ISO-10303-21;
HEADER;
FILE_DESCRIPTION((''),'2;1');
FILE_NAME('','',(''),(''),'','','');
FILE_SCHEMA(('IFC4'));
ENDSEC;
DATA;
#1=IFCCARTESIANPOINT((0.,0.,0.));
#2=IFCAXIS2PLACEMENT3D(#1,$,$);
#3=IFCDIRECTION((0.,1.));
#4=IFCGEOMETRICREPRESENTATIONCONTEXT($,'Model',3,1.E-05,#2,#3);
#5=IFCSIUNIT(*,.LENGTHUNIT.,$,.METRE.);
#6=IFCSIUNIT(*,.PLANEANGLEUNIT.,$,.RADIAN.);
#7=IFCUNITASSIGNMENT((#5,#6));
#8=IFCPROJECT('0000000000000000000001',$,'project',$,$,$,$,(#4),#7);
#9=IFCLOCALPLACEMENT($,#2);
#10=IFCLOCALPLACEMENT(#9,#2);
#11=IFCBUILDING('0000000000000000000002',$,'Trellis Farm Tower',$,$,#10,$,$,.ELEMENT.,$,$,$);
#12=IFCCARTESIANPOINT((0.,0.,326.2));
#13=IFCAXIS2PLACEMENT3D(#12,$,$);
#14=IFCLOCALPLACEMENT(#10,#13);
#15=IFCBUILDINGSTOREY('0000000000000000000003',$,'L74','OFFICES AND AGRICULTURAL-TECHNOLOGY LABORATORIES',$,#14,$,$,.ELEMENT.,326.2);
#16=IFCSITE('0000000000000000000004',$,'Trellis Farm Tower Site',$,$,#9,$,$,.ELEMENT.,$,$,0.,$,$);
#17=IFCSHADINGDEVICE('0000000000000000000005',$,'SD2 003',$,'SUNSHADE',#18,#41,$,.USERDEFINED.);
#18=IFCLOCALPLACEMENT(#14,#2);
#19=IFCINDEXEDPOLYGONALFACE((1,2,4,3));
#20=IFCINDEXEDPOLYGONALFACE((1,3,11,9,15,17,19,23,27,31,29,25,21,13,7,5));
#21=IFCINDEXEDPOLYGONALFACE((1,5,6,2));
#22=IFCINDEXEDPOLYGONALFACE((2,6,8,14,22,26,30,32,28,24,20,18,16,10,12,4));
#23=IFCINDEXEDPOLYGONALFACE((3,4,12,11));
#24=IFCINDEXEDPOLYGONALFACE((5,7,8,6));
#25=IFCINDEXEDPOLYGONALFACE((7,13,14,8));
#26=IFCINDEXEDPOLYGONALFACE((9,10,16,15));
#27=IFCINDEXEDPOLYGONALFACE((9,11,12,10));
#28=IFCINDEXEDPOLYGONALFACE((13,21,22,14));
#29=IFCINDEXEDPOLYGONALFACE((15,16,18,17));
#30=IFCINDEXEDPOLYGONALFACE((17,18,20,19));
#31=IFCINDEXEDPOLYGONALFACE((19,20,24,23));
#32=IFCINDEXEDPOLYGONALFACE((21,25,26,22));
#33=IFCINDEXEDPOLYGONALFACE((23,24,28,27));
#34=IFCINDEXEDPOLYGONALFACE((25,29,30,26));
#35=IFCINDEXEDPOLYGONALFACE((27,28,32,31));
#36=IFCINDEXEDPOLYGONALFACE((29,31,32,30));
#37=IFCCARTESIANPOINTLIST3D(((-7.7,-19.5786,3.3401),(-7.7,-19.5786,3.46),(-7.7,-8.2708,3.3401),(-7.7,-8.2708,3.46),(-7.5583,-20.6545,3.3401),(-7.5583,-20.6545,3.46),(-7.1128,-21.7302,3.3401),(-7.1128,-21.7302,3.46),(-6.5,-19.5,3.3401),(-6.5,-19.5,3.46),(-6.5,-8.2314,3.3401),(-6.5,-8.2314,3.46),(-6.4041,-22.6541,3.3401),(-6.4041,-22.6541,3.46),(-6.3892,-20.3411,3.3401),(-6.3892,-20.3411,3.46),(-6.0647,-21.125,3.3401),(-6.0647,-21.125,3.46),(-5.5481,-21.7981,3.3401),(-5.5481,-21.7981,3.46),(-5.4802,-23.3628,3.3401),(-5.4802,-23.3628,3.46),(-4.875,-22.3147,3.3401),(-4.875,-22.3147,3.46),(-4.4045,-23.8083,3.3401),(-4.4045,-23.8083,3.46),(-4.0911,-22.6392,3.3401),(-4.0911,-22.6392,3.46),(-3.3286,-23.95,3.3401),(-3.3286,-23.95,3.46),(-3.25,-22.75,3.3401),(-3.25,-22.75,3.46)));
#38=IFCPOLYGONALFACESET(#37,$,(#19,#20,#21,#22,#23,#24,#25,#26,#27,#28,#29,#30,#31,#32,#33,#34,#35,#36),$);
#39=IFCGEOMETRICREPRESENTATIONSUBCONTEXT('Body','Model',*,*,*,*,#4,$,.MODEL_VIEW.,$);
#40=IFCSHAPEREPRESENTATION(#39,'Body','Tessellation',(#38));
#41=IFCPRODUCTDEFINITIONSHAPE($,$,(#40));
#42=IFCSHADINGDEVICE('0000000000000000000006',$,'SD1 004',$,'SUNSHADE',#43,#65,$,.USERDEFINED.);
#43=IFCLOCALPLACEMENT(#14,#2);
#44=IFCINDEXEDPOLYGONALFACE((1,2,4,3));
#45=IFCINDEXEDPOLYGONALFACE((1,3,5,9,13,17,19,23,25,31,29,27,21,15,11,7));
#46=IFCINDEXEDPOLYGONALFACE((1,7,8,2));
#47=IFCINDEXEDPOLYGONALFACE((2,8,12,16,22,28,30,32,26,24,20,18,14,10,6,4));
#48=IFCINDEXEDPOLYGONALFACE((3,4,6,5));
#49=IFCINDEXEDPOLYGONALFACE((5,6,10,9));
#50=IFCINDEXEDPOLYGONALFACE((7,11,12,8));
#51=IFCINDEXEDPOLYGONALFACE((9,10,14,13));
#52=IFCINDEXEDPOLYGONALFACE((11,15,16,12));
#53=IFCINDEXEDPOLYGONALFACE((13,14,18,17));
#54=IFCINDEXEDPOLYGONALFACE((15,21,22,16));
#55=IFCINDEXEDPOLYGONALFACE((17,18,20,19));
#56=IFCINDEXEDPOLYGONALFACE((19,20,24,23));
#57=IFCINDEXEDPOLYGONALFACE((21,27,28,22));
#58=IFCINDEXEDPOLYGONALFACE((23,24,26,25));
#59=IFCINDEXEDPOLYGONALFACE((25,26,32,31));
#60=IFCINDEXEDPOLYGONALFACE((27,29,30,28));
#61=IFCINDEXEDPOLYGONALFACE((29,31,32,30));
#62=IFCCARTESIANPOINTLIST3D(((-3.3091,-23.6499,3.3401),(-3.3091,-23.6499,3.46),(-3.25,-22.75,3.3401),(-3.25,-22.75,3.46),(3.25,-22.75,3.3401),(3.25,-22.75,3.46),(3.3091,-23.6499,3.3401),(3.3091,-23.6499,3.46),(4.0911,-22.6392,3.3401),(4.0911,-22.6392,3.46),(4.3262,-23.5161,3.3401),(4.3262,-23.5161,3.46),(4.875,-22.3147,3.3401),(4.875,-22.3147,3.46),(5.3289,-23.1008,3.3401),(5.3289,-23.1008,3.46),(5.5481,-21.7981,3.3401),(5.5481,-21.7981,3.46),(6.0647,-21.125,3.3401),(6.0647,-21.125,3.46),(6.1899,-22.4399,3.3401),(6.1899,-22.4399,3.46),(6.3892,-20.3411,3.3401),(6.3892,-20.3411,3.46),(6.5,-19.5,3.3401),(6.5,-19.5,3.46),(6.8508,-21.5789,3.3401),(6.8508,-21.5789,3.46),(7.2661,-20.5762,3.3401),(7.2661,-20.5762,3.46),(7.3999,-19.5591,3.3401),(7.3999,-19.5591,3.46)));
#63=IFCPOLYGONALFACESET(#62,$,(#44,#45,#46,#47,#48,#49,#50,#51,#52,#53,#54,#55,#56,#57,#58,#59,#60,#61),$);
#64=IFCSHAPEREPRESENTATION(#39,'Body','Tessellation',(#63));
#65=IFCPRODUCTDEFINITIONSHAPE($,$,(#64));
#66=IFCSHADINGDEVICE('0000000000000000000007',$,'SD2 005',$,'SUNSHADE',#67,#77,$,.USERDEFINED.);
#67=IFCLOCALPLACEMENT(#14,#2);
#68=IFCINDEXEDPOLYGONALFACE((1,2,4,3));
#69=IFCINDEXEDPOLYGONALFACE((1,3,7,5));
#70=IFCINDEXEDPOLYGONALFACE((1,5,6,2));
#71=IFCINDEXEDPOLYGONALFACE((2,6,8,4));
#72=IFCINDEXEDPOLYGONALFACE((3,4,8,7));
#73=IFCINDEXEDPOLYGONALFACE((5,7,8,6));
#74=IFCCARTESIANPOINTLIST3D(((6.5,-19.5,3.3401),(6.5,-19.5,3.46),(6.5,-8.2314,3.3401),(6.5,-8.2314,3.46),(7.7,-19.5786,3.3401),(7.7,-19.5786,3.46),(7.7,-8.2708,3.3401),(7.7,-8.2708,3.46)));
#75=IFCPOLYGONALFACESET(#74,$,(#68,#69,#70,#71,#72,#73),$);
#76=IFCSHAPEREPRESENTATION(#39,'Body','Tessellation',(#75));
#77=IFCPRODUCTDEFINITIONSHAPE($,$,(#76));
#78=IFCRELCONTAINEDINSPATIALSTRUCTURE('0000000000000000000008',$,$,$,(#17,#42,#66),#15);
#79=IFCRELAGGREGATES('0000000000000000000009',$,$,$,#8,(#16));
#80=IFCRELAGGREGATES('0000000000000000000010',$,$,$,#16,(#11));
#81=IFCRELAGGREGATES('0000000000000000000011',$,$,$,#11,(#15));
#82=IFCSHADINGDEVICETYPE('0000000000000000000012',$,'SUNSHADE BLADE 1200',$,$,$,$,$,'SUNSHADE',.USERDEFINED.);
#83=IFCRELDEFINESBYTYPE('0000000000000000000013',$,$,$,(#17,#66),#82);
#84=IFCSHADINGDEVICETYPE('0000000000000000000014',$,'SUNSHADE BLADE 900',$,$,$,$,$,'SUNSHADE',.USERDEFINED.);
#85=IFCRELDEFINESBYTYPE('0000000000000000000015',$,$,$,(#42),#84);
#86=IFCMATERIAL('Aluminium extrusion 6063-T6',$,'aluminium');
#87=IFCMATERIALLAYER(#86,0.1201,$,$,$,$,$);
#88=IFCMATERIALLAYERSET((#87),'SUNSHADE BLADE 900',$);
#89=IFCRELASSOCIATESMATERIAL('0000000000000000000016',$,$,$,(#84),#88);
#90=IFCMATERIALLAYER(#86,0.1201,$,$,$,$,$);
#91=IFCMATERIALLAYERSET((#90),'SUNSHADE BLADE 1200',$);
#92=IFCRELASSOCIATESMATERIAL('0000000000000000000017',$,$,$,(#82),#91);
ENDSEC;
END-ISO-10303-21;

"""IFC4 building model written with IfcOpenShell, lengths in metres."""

from ifc_helpers import new_model, si_unit, direction, frame, origin, place, context, subcontext, project, spatial, polyline, outline, extrude, source, transform, mapped, material, layer, layer_set, type_object, element, save


model = new_model("IFC4")

# Units and contexts
model_context = context("Model", 3, precision=1e-05, world=origin(), true_north=direction((0.0, 1.0)))
body_context = subcontext(model_context, "Body", "Model", "MODEL_VIEW")
ifc_project = project(units=[si_unit("LENGTHUNIT", "METRE"), si_unit("PLANEANGLEUNIT", "RADIAN")], contexts=[model_context])

# Site, building, storey
site_placement = place(None, origin())
site = spatial("IfcSite", under=ifc_project, at=site_placement, Name="Trellis Farm Tower Site", CompositionType="ELEMENT", RefElevation=0.0)
building_placement = place(site_placement, origin())
building = spatial("IfcBuilding", under=site, at=building_placement, Name="Trellis Farm Tower", CompositionType="ELEMENT")
storey_placement = place(building_placement, frame((0.0, 0.0, 326.2)))
storey = spatial("IfcBuildingStorey", under=building, at=storey_placement, Name="L74", Description="OFFICES AND AGRICULTURAL-TECHNOLOGY LABORATORIES", CompositionType="ELEMENT", Elevation=326.2)

# Shared definitions
ifc_material_1 = material(Name="Aluminium extrusion 6063-T6", Category="aluminium")

# Shading devices
ifc_layer_1 = layer(ifc_material_1, 0.1201)
ifc_layer_set_1 = layer_set([ifc_layer_1], Name="SUNSHADE BLADE 900")
shading_device_type_1 = type_object("IfcShadingDeviceType", Name="SUNSHADE BLADE 900", ElementType="SUNSHADE", PredefinedType="USERDEFINED", material=ifc_layer_set_1)
placement_1 = place(storey_placement, frame((0.0, 0.0, 3.3401)))
ifc_layer_2 = layer(ifc_material_1, 0.1201)
ifc_layer_set_2 = layer_set([ifc_layer_2], Name="SUNSHADE BLADE 1200")
shading_device_type_2 = type_object("IfcShadingDeviceType", Name="SUNSHADE BLADE 1200", ElementType="SUNSHADE", PredefinedType="USERDEFINED", material=ifc_layer_set_2)
shared_shape_1 = source(origin(), body_context, "Body", "SweptSolid", [
    extrude(outline(polyline([(-7.7, -8.2708), (-7.7, -19.5786), (-7.5583, -20.6545), (-7.1128, -21.7302), (-6.4041, -22.6541), (-5.4802, -23.3628), (-4.4045, -23.8083), (-3.3286, -23.95), (-3.25, -22.75), (-4.0911, -22.6392), (-4.875, -22.3147), (-5.5481, -21.7981), (-6.0647, -21.125), (-6.3892, -20.3411), (-6.5, -19.5), (-6.5, -8.2314), (-7.7, -8.2708)])), origin(), (0.0, 0.0, 1.0), 0.1199),
])
element("IfcShadingDevice", 1, at=placement_1, inside=storey, type_object=shading_device_type_2, Name="SD2 003", ObjectType="SUNSHADE", PredefinedType="USERDEFINED", context=body_context, shape_type="MappedRepresentation", body=[
    mapped(shared_shape_1, transform((0.0, 0.0, 0.0))),
])
shared_shape_2 = source(origin(), body_context, "Body", "SweptSolid", [
    extrude(outline(polyline([(-3.3091, -23.6499), (3.3091, -23.6499), (4.3262, -23.5161), (5.3289, -23.1008), (6.1899, -22.4399), (6.8508, -21.5789), (7.2661, -20.5762), (7.3999, -19.5591), (6.5, -19.5), (6.3892, -20.3411), (6.0647, -21.125), (5.5481, -21.7981), (4.875, -22.3147), (4.0911, -22.6392), (3.25, -22.75), (-3.25, -22.75), (-3.3091, -23.6499)])), origin(), (0.0, 0.0, 1.0), 0.1199),
])
element("IfcShadingDevice", 2, at=placement_1, inside=storey, type_object=shading_device_type_1, Name="SD1 004", ObjectType="SUNSHADE", PredefinedType="USERDEFINED", context=body_context, shape_type="MappedRepresentation", body=[
    mapped(shared_shape_2, transform((0.0, 0.0, 0.0))),
])
shared_shape_3 = source(origin(), body_context, "Body", "SweptSolid", [
    extrude(outline(polyline([(7.7, -19.5786), (7.7, -8.2708), (6.5, -8.2314), (6.5, -19.5), (7.7, -19.5786)])), origin(), (0.0, 0.0, 1.0), 0.1199),
])
element("IfcShadingDevice", 3, at=placement_1, inside=storey, type_object=shading_device_type_2, Name="SD2 005", ObjectType="SUNSHADE", PredefinedType="USERDEFINED", context=body_context, shape_type="MappedRepresentation", body=[
    mapped(shared_shape_3, transform((0.0, 0.0, 0.0))),
])

save(model, "model.ifc")
